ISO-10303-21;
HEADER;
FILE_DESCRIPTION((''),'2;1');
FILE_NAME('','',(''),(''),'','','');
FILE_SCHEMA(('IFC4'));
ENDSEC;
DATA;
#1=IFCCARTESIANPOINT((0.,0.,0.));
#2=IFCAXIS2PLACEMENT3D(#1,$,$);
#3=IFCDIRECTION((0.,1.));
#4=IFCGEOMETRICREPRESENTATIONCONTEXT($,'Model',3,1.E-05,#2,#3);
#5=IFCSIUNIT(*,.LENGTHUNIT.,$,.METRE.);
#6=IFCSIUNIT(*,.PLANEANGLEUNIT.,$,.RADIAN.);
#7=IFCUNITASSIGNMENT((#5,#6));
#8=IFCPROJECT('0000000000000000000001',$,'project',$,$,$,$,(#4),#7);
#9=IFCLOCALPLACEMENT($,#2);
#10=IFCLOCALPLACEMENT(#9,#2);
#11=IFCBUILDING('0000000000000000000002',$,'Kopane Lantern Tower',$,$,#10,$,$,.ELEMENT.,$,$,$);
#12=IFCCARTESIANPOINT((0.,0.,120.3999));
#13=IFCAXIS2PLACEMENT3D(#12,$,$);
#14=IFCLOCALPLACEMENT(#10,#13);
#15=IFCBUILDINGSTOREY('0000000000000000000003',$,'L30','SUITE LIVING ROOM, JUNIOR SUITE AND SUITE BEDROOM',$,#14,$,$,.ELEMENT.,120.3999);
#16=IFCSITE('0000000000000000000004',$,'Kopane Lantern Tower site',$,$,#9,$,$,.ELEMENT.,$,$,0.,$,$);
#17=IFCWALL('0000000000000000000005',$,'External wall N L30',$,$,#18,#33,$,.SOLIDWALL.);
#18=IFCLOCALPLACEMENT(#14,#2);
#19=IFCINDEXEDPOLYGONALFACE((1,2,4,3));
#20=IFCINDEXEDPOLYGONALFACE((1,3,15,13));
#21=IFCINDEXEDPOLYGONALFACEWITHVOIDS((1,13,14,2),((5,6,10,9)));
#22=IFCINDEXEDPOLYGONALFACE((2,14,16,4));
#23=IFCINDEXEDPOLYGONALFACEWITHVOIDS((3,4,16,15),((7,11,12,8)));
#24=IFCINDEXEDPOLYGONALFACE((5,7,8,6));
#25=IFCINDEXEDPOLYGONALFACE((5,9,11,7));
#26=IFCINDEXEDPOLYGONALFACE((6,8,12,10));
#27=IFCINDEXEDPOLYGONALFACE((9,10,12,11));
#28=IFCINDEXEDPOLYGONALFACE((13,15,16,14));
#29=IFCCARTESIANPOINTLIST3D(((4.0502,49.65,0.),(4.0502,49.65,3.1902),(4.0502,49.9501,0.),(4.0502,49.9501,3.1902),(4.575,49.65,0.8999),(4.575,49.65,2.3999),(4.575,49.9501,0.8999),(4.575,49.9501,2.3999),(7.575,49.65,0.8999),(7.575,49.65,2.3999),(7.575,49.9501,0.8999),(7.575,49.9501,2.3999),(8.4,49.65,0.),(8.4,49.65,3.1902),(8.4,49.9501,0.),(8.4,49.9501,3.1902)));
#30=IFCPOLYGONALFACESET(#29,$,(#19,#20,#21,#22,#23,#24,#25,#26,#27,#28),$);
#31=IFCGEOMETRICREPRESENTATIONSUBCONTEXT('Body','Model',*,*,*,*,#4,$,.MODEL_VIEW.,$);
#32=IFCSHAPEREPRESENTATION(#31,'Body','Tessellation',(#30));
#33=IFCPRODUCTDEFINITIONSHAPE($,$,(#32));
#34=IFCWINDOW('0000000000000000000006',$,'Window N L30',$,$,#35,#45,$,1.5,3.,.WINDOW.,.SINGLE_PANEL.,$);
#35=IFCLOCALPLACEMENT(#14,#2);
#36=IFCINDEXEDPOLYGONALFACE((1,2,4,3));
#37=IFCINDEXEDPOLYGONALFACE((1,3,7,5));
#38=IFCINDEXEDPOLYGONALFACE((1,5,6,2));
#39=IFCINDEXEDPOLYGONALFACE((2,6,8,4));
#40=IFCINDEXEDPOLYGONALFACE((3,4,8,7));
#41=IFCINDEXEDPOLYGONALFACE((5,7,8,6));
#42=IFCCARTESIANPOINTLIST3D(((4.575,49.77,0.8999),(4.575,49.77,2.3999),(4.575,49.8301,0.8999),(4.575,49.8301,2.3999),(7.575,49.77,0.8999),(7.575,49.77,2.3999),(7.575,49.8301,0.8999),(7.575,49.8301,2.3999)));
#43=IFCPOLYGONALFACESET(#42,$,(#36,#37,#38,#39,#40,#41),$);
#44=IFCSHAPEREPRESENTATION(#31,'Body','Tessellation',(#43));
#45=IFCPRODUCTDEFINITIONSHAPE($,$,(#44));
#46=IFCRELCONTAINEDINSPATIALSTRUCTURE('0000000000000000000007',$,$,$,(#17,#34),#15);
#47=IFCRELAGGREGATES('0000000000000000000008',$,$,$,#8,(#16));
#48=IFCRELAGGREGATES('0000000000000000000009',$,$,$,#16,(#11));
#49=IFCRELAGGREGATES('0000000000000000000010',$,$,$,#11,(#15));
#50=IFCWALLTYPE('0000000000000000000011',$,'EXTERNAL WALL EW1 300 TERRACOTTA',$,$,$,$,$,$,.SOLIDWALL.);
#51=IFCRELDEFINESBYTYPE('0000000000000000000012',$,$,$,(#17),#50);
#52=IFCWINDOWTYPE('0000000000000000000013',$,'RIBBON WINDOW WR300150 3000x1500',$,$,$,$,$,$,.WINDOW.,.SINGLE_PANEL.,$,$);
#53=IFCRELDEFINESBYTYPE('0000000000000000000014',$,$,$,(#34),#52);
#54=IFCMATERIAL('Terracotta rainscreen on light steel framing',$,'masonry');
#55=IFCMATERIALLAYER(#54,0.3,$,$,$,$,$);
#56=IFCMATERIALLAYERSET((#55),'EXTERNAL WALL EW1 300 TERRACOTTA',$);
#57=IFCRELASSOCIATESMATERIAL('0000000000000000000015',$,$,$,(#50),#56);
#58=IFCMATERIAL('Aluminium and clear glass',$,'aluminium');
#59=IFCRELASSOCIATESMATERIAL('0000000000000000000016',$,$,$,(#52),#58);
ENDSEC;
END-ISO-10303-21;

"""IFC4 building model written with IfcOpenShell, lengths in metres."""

from ifc_helpers import new_model, si_unit, direction, frame, frame_2d, origin, place, context, subcontext, project, spatial, rectangle, extrude, material, layer, layer_set, type_object, element, fill, save


model = new_model("IFC4")

# Units and contexts
model_context = context("Model", 3, precision=1e-05, world=origin(), true_north=direction((0.0, 1.0)))
body_context = subcontext(model_context, "Body", "Model", "MODEL_VIEW")
ifc_project = project(units=[si_unit("LENGTHUNIT", "METRE"), si_unit("PLANEANGLEUNIT", "RADIAN")], contexts=[model_context])

# Site, building, storey
site_placement = place(None, origin())
site = spatial("IfcSite", under=ifc_project, at=site_placement, Name="Kopane Lantern Tower site", CompositionType="ELEMENT", RefElevation=0.0)
building_placement = place(site_placement, origin())
building = spatial("IfcBuilding", under=site, at=building_placement, Name="Kopane Lantern Tower", CompositionType="ELEMENT")
storey_placement = place(building_placement, frame((0.0, 0.0, 120.3999)))
storey = spatial("IfcBuildingStorey", under=building, at=storey_placement, Name="L30", Description="SUITE LIVING ROOM, JUNIOR SUITE AND SUITE BEDROOM", CompositionType="ELEMENT", Elevation=120.3999)

# Wall, opening, window
ifc_material_1 = material(Name="Terracotta rainscreen on light steel framing", Category="masonry")
ifc_layer_1 = layer(ifc_material_1, 0.3)
ifc_layer_set_1 = layer_set([ifc_layer_1], Name="EXTERNAL WALL EW1 300 TERRACOTTA")
wall_type_1 = type_object("IfcWallType", Name="EXTERNAL WALL EW1 300 TERRACOTTA", PredefinedType="SOLIDWALL", material=ifc_layer_set_1)
ifc_material_2 = material(Name="Aluminium and clear glass", Category="aluminium")
window_type = type_object("IfcWindowType", Name="RIBBON WINDOW WR300150 3000x1500", PartitioningType="SINGLE_PANEL", PredefinedType="WINDOW", material=ifc_material_2)
wall_1_placement = place(storey_placement, frame((8.3999, 49.8, 0.0), z_axis=(0.0, 0.0, 1.0), x_axis=(-1.0, 0.0, 0.0)))
wall_1 = element("IfcWall", 1, at=wall_1_placement, inside=storey, type_object=wall_type_1, Name="External wall N L30", PredefinedType="SOLIDWALL", context=body_context, shape_type="SweptSolid", body=[
    extrude(rectangle(XDim=4.3499, YDim=0.3, at=frame_2d((2.1748, 0.0))), origin(), (0.0, 0.0, 1.0), 3.1902),
])
opening_1_placement = place(wall_1_placement, frame((0.825, 0.0, 0.8999)))
opening_1 = element("IfcOpeningElement", 2, at=opening_1_placement, cuts=wall_1, PredefinedType="OPENING", context=body_context, shape_type="SweptSolid", body=[
    extrude(rectangle(XDim=3.0, YDim=1.5, at=frame_2d((1.5, 0.75))), frame((0.0, 0.1599, 0.0), z_axis=(0.0, -1.0, 0.0), x_axis=(1.0, 0.0, 0.0)), (0.0, 0.0, 1.0), 0.3201),
])
window_1_placement = place(opening_1_placement, origin())
window_1 = element("IfcWindow", 3, at=window_1_placement, inside=storey, type_object=window_type, Name="Window N L30", OverallHeight=1.5, OverallWidth=3.0, PartitioningType="SINGLE_PANEL", PredefinedType="WINDOW", context=body_context, shape_type="SweptSolid", body=[
    extrude(rectangle(XDim=3.0, YDim=1.5, at=frame_2d((1.5, 0.75))), frame((0.0, 0.03, 0.0), z_axis=(0.0, -1.0, 0.0), x_axis=(1.0, 0.0, 0.0)), (0.0, 0.0, 1.0), 0.0601),
])
fill(opening_1, window_1)

save(model, "model.ifc")
